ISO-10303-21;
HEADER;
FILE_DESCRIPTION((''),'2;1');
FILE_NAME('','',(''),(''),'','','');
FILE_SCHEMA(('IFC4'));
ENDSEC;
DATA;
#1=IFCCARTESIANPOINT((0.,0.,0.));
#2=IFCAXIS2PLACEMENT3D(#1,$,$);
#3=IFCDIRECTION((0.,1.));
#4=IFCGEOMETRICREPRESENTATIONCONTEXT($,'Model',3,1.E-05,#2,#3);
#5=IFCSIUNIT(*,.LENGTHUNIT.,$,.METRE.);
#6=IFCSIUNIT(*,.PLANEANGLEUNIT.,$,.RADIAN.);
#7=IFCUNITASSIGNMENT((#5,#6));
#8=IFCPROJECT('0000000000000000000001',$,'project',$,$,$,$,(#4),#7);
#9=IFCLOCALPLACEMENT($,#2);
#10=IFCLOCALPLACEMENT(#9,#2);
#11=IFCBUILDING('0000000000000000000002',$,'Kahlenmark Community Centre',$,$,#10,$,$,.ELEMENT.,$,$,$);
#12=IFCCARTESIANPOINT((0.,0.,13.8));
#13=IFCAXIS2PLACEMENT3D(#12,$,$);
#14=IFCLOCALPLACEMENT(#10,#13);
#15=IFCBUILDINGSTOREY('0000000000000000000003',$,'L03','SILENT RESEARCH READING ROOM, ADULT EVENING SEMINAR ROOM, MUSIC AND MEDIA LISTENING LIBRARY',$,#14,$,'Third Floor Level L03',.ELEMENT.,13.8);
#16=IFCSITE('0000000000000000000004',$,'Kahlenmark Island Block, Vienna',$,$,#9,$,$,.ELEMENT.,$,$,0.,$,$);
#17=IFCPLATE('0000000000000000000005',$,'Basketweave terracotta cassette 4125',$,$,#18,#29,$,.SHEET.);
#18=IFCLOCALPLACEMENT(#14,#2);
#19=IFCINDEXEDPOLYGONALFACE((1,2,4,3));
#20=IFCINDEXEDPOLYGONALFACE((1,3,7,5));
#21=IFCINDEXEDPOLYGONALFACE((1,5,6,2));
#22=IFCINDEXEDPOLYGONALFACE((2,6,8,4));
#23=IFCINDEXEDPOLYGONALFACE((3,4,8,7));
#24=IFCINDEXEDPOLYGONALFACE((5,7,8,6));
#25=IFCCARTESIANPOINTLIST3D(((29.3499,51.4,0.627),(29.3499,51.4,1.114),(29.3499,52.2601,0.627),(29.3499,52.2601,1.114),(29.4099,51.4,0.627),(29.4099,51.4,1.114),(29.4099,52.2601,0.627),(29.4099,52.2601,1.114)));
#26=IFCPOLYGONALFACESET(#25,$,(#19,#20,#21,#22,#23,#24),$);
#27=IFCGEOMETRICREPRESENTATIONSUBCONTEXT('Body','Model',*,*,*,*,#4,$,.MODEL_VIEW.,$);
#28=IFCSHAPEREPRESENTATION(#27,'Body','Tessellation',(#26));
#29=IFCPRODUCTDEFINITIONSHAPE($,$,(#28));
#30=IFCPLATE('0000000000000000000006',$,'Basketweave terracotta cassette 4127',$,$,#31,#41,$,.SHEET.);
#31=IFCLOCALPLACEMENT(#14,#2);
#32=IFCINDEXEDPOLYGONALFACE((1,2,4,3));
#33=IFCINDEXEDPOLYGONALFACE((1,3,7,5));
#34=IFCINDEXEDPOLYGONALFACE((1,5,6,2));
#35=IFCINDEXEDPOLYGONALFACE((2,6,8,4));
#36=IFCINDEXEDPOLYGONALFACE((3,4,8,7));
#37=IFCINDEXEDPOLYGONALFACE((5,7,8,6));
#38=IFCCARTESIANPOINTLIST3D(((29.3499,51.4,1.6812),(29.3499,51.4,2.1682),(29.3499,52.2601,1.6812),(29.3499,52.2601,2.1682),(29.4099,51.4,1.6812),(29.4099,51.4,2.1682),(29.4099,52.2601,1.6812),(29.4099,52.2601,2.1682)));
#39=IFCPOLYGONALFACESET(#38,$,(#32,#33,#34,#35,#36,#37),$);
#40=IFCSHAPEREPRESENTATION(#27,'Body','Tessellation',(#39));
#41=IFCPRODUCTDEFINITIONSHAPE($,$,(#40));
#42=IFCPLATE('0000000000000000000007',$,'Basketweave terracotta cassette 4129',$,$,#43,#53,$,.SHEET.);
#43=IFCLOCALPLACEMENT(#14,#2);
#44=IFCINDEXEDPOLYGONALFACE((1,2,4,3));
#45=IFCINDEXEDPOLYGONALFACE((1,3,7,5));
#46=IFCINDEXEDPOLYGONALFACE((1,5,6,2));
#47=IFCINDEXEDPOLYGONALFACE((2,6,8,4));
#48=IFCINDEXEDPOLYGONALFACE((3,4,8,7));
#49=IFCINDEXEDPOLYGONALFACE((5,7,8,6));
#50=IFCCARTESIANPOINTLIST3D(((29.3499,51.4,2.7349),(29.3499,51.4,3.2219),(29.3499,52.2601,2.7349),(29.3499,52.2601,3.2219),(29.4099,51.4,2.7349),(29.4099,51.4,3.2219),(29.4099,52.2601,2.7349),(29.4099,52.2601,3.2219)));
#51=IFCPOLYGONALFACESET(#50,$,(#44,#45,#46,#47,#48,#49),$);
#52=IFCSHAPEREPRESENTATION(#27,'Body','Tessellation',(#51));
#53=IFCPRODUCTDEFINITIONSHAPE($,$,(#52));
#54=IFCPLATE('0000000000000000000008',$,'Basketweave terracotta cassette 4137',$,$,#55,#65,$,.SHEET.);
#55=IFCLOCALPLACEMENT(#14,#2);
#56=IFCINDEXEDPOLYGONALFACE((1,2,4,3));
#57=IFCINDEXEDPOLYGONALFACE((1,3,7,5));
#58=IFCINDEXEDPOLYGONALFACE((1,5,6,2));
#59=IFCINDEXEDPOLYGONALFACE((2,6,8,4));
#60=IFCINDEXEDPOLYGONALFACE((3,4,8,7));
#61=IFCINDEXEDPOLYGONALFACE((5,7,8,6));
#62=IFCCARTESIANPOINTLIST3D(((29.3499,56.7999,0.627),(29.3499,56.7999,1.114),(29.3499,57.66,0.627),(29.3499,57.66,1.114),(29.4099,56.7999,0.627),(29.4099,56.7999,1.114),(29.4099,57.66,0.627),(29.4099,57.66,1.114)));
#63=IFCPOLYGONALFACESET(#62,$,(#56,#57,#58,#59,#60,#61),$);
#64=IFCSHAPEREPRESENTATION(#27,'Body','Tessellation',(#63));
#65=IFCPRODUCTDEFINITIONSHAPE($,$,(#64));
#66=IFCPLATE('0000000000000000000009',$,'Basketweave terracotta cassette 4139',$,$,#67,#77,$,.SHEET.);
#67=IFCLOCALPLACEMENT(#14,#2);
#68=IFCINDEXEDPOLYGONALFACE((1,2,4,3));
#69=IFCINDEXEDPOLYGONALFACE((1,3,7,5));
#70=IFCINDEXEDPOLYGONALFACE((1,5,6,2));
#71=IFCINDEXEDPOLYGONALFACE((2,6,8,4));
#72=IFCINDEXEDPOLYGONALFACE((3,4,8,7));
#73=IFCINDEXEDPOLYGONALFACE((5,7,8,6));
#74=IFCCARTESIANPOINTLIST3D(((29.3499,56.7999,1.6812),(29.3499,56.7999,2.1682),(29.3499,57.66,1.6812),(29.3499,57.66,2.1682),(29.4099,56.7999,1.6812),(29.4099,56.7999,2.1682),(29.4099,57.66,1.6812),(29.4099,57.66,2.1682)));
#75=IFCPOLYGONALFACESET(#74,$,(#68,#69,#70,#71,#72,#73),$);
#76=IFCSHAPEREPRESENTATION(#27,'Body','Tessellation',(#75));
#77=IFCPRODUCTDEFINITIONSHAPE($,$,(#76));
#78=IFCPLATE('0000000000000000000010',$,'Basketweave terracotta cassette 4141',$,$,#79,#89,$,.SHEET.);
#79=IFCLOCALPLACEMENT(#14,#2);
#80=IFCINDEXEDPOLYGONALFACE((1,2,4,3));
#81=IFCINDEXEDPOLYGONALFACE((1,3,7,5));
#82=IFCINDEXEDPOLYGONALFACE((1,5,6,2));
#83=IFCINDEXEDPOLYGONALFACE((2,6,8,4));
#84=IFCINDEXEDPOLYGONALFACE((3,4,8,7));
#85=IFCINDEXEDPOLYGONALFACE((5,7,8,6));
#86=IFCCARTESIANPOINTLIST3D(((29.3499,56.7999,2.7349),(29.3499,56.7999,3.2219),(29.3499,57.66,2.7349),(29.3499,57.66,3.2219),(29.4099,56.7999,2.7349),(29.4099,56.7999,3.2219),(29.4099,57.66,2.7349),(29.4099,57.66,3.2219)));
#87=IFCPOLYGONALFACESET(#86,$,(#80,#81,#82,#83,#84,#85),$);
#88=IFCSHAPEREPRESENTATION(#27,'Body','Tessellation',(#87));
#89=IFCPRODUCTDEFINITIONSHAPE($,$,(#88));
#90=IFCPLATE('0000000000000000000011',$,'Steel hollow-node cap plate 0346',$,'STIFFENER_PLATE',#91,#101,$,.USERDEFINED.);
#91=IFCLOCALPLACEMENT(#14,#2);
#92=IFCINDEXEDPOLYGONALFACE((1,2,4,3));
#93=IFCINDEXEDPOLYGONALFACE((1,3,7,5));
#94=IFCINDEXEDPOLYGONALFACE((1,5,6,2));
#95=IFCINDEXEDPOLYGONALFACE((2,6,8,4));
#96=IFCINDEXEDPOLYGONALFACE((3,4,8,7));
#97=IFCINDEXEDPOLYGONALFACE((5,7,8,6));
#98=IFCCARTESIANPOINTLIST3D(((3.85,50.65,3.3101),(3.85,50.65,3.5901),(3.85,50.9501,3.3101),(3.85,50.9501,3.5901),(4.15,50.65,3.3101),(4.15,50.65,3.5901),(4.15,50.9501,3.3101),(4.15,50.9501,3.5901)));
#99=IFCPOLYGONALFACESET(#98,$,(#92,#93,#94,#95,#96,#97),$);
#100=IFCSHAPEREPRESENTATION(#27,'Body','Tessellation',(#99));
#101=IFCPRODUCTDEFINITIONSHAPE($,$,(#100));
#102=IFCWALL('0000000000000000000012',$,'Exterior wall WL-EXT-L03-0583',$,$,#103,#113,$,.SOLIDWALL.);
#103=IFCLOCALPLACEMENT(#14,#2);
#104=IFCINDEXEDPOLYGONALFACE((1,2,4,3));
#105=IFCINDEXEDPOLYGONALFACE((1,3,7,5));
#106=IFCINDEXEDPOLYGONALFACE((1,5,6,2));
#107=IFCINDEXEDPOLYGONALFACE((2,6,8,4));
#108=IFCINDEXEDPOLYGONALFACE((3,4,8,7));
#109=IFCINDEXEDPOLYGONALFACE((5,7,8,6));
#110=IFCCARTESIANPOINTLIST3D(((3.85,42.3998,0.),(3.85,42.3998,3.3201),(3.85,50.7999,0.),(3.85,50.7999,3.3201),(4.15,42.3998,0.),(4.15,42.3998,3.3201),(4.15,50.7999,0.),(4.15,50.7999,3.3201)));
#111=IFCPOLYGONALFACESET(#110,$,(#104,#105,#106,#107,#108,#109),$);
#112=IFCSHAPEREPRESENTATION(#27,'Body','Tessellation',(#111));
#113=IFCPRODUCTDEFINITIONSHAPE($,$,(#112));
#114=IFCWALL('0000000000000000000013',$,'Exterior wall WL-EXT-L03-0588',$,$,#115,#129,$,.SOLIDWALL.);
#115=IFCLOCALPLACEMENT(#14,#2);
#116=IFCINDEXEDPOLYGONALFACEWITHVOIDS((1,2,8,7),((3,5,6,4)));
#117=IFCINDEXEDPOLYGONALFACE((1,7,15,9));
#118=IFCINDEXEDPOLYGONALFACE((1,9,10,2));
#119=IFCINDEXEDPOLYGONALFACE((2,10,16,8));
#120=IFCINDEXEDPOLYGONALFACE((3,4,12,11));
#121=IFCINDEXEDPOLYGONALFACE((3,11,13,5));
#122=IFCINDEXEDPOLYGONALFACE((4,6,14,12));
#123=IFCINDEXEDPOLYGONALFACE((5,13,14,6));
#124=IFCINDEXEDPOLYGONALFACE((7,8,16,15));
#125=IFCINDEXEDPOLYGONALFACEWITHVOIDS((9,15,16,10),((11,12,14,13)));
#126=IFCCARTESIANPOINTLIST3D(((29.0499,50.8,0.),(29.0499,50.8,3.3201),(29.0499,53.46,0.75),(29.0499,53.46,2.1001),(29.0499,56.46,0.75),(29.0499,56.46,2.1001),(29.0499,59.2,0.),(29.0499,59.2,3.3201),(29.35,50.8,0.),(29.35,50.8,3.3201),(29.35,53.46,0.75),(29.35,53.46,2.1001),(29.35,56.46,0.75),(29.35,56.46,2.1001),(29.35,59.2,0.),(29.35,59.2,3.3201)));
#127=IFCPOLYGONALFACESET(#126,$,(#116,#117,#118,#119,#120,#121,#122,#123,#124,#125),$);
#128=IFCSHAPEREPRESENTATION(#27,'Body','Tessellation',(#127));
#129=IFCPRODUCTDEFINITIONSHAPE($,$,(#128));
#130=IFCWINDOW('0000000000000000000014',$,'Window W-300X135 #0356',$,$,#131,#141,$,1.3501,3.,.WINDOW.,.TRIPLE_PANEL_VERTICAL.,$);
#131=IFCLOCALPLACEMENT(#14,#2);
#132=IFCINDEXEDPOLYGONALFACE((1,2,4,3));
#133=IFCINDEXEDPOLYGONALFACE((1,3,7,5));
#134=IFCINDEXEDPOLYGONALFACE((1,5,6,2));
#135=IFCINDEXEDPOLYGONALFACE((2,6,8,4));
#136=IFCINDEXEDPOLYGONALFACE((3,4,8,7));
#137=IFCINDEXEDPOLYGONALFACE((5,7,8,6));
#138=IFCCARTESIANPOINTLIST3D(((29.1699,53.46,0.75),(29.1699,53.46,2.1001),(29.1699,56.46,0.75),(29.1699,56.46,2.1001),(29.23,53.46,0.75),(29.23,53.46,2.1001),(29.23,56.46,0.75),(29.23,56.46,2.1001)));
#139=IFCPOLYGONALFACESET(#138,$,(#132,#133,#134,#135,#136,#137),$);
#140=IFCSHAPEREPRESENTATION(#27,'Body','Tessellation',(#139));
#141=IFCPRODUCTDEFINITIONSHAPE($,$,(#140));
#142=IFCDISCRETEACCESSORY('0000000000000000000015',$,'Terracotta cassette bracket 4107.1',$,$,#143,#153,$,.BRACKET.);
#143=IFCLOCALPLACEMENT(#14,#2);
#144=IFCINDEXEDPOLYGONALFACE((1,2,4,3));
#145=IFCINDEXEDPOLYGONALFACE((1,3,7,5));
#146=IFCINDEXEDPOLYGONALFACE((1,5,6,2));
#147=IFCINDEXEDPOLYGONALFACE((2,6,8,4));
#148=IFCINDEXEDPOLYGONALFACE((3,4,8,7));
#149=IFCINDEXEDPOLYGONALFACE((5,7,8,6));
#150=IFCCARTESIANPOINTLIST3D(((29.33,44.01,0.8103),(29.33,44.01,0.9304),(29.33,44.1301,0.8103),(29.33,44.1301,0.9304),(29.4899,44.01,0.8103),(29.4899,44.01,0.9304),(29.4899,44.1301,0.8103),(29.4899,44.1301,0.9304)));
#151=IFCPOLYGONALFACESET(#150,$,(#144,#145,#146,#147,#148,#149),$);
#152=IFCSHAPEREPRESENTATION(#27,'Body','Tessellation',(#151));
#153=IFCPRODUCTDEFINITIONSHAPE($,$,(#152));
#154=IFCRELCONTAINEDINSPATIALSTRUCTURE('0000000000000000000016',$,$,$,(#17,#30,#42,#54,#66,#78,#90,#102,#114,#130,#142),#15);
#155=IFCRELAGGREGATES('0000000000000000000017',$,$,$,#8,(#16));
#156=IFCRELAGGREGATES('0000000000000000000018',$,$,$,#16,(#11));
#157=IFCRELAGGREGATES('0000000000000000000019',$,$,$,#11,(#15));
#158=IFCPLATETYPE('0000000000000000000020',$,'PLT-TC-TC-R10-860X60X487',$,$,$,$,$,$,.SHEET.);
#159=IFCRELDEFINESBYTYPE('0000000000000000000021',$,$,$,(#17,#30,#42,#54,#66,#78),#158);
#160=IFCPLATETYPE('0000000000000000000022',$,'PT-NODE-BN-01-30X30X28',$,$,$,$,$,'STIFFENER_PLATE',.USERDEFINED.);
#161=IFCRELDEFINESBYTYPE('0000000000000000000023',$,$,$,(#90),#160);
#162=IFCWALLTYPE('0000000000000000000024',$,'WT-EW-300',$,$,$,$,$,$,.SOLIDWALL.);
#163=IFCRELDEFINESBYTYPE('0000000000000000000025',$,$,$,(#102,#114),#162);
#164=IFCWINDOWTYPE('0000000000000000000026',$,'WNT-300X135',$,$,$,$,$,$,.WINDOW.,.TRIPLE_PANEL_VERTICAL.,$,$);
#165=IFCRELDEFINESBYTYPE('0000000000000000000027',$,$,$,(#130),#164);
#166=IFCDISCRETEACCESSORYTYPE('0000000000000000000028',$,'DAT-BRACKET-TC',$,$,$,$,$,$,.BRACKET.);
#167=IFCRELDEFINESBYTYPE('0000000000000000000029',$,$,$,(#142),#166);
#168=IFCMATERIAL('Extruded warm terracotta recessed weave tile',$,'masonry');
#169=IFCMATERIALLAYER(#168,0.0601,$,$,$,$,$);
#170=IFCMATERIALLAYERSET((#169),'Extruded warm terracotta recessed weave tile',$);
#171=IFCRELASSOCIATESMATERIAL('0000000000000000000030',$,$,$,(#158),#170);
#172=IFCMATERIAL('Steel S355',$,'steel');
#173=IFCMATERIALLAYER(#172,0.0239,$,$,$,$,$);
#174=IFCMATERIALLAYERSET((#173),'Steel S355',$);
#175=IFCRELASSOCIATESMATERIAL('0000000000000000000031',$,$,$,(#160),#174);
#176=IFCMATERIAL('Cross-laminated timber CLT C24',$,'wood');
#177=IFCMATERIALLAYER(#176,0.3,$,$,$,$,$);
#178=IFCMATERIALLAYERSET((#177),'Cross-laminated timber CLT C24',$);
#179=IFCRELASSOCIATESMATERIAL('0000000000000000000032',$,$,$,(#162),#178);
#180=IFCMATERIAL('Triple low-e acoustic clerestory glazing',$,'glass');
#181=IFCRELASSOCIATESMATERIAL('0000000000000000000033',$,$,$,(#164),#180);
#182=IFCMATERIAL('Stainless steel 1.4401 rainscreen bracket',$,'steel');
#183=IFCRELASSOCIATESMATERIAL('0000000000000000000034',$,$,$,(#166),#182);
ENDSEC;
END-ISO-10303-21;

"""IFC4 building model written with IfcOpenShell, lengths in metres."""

from ifc_helpers import new_model, si_unit, direction, frame, frame_2d, origin, origin_2d, place, context, subcontext, project, spatial, rectangle, extrude, material, layer, layer_set, type_object, element, fill, save


model = new_model("IFC4")

# Units and contexts
model_context = context("Model", 3, precision=1e-05, world=origin(), true_north=direction((0.0, 1.0)))
body_context = subcontext(model_context, "Body", "Model", "MODEL_VIEW")
ifc_project = project(units=[si_unit("LENGTHUNIT", "METRE"), si_unit("PLANEANGLEUNIT", "RADIAN")], contexts=[model_context])

# Site, building, storey
site_placement = place(None, origin())
site = spatial("IfcSite", under=ifc_project, at=site_placement, Name="Kahlenmark Island Block, Vienna", CompositionType="ELEMENT", RefElevation=0.0)
building_placement = place(site_placement, origin())
building = spatial("IfcBuilding", under=site, at=building_placement, Name="Kahlenmark Community Centre", CompositionType="ELEMENT")
storey_placement = place(building_placement, frame((0.0, 0.0, 13.8)))
storey = spatial("IfcBuildingStorey", under=building, at=storey_placement, Name="L03", Description="SILENT RESEARCH READING ROOM, ADULT EVENING SEMINAR ROOM, MUSIC AND MEDIA LISTENING LIBRARY", LongName="Third Floor Level L03", CompositionType="ELEMENT", Elevation=13.8)

# Plates
ifc_material_1 = material(Name="Extruded warm terracotta recessed weave tile", Category="masonry")
ifc_layer_1 = layer(ifc_material_1, 0.0601)
ifc_layer_set_1 = layer_set([ifc_layer_1], Name="Extruded warm terracotta recessed weave tile")
plate_type_1 = type_object("IfcPlateType", Name="PLT-TC-TC-R10-860X60X487", PredefinedType="SHEET", material=ifc_layer_set_1)
for number, where, z_axis, x_axis, name in (
    (1, (29.3799, 51.8301, 0.627), (0.0, 0.0, 1.0), (0.0, 1.0, 0.0), "Basketweave terracotta cassette 4125"),
    (2, (29.3799, 51.8301, 1.6812), (0.0, 0.0, 1.0), (0.0, 1.0, 0.0), "Basketweave terracotta cassette 4127"),
    (3, (29.3799, 51.8301, 2.7349), (0.0, 0.0, 1.0), (0.0, 1.0, 0.0), "Basketweave terracotta cassette 4129"),
    (4, (29.3799, 57.23, 0.627), (0.0, 0.0, 1.0), (0.0, 1.0, 0.0), "Basketweave terracotta cassette 4137"),
    (5, (29.3799, 57.23, 1.6812), (0.0, 0.0, 1.0), (0.0, 1.0, 0.0), "Basketweave terracotta cassette 4139"),
    (6, (29.3799, 57.23, 2.7349), (0.0, 0.0, 1.0), (0.0, 1.0, 0.0), "Basketweave terracotta cassette 4141"),
):
    element("IfcPlate", number, at=place(storey_placement, frame(where, z_axis=z_axis, x_axis=x_axis)), inside=storey, type_object=plate_type_1, Name=name, PredefinedType="SHEET", context=body_context, shape_type="SweptSolid", body=[
        extrude(rectangle(XDim=0.8601, YDim=0.0601, at=origin_2d()), origin(), (0.0, 0.0, 1.0), 0.4871),
    ])
ifc_material_2 = material(Name="Steel S355", Category="steel")
ifc_layer_2 = layer(ifc_material_2, 0.0239)
ifc_layer_set_2 = layer_set([ifc_layer_2], Name="Steel S355")
plate_type_2 = type_object("IfcPlateType", Name="PT-NODE-BN-01-30X30X28", ElementType="STIFFENER_PLATE", PredefinedType="USERDEFINED", material=ifc_layer_set_2)
plate_placement = place(storey_placement, frame((4.0, 50.8, 3.3101), z_axis=(0.0, 0.0, 1.0), x_axis=(1.0, 0.0, 0.0)))
element("IfcPlate", 7, at=plate_placement, inside=storey, type_object=plate_type_2, Name="Steel hollow-node cap plate 0346", ObjectType="STIFFENER_PLATE", PredefinedType="USERDEFINED", context=body_context, shape_type="SweptSolid", body=[
    extrude(rectangle(XDim=0.3, YDim=0.3, at=origin_2d()), origin(), (0.0, 0.0, 1.0), 0.28),
])

# Wall
ifc_material_3 = material(Name="Cross-laminated timber CLT C24", Category="wood")
ifc_layer_3 = layer(ifc_material_3, 0.3)
ifc_layer_set_3 = layer_set([ifc_layer_3], Name="Cross-laminated timber CLT C24")
wall_type = type_object("IfcWallType", Name="WT-EW-300", PredefinedType="SOLIDWALL", material=ifc_layer_set_3)
wall_1_placement = place(storey_placement, frame((4.0, 50.8, 0.0), z_axis=(0.0, 0.0, 1.0), x_axis=(0.0, -1.0, 0.0)))
element("IfcWall", 8, at=wall_1_placement, inside=storey, type_object=wall_type, Name="Exterior wall WL-EXT-L03-0583", PredefinedType="SOLIDWALL", context=body_context, shape_type="SweptSolid", body=[
    extrude(rectangle(XDim=8.4001, YDim=0.3, at=frame_2d((4.2002, 0.0))), origin(), (0.0, 0.0, 1.0), 3.3201),
])

# Wall, opening, window
wall_2_placement = place(storey_placement, frame((29.2, 50.8, 0.0), z_axis=(0.0, 0.0, 1.0), x_axis=(0.0, 1.0, 0.0)))
wall_2 = element("IfcWall", 9, at=wall_2_placement, inside=storey, type_object=wall_type, Name="Exterior wall WL-EXT-L03-0588", PredefinedType="SOLIDWALL", context=body_context, shape_type="SweptSolid", body=[
    extrude(rectangle(XDim=8.3999, YDim=0.3, at=frame_2d((4.2, 0.0))), origin(), (0.0, 0.0, 1.0), 3.3201),
])
opening_placement = place(wall_2_placement, frame((2.6599, 0.0, 0.75)))
opening = element("IfcOpeningElement", 10, at=opening_placement, cuts=wall_2, PredefinedType="OPENING", context=body_context, shape_type="SweptSolid", body=[
    extrude(rectangle(XDim=3.0, YDim=1.3501, at=frame_2d((1.5, 0.675))), frame((0.0, 0.1599, 0.0), z_axis=(0.0, -1.0, 0.0), x_axis=(1.0, 0.0, 0.0)), (0.0, 0.0, 1.0), 0.3201),
])
ifc_material_4 = material(Name="Triple low-e acoustic clerestory glazing", Category="glass")
window_type = type_object("IfcWindowType", Name="WNT-300X135", PartitioningType="TRIPLE_PANEL_VERTICAL", PredefinedType="WINDOW", material=ifc_material_4)
window_placement = place(opening_placement, origin())
window = element("IfcWindow", 11, at=window_placement, inside=storey, type_object=window_type, Name="Window W-300X135 #0356", OverallHeight=1.3501, OverallWidth=3.0, PartitioningType="TRIPLE_PANEL_VERTICAL", PredefinedType="WINDOW", context=body_context, shape_type="SweptSolid", body=[
    extrude(rectangle(XDim=3.0, YDim=1.3501, at=frame_2d((1.5, 0.675))), frame((0.0, 0.03, 0.0), z_axis=(0.0, -1.0, 0.0), x_axis=(1.0, 0.0, 0.0)), (0.0, 0.0, 1.0), 0.0601),
])
fill(opening, window)

# Discrete accessory
ifc_material_5 = material(Name="Stainless steel 1.4401 rainscreen bracket", Category="steel")
discrete_accessory_type = type_object("IfcDiscreteAccessoryType", Name="DAT-BRACKET-TC", PredefinedType="BRACKET", material=ifc_material_5)
discrete_accessory_placement = place(storey_placement, frame((29.4099, 44.0701, 0.8103), z_axis=(0.0, 0.0, 1.0), x_axis=(0.0, 1.0, 0.0)))
element("IfcDiscreteAccessory", 12, at=discrete_accessory_placement, inside=storey, type_object=discrete_accessory_type, Name="Terracotta cassette bracket 4107.1", PredefinedType="BRACKET", context=body_context, shape_type="SweptSolid", body=[
    extrude(rectangle(XDim=0.1201, YDim=0.1599, at=origin_2d()), origin(), (0.0, 0.0, 1.0), 0.1201),
])

save(model, "model.ifc")
